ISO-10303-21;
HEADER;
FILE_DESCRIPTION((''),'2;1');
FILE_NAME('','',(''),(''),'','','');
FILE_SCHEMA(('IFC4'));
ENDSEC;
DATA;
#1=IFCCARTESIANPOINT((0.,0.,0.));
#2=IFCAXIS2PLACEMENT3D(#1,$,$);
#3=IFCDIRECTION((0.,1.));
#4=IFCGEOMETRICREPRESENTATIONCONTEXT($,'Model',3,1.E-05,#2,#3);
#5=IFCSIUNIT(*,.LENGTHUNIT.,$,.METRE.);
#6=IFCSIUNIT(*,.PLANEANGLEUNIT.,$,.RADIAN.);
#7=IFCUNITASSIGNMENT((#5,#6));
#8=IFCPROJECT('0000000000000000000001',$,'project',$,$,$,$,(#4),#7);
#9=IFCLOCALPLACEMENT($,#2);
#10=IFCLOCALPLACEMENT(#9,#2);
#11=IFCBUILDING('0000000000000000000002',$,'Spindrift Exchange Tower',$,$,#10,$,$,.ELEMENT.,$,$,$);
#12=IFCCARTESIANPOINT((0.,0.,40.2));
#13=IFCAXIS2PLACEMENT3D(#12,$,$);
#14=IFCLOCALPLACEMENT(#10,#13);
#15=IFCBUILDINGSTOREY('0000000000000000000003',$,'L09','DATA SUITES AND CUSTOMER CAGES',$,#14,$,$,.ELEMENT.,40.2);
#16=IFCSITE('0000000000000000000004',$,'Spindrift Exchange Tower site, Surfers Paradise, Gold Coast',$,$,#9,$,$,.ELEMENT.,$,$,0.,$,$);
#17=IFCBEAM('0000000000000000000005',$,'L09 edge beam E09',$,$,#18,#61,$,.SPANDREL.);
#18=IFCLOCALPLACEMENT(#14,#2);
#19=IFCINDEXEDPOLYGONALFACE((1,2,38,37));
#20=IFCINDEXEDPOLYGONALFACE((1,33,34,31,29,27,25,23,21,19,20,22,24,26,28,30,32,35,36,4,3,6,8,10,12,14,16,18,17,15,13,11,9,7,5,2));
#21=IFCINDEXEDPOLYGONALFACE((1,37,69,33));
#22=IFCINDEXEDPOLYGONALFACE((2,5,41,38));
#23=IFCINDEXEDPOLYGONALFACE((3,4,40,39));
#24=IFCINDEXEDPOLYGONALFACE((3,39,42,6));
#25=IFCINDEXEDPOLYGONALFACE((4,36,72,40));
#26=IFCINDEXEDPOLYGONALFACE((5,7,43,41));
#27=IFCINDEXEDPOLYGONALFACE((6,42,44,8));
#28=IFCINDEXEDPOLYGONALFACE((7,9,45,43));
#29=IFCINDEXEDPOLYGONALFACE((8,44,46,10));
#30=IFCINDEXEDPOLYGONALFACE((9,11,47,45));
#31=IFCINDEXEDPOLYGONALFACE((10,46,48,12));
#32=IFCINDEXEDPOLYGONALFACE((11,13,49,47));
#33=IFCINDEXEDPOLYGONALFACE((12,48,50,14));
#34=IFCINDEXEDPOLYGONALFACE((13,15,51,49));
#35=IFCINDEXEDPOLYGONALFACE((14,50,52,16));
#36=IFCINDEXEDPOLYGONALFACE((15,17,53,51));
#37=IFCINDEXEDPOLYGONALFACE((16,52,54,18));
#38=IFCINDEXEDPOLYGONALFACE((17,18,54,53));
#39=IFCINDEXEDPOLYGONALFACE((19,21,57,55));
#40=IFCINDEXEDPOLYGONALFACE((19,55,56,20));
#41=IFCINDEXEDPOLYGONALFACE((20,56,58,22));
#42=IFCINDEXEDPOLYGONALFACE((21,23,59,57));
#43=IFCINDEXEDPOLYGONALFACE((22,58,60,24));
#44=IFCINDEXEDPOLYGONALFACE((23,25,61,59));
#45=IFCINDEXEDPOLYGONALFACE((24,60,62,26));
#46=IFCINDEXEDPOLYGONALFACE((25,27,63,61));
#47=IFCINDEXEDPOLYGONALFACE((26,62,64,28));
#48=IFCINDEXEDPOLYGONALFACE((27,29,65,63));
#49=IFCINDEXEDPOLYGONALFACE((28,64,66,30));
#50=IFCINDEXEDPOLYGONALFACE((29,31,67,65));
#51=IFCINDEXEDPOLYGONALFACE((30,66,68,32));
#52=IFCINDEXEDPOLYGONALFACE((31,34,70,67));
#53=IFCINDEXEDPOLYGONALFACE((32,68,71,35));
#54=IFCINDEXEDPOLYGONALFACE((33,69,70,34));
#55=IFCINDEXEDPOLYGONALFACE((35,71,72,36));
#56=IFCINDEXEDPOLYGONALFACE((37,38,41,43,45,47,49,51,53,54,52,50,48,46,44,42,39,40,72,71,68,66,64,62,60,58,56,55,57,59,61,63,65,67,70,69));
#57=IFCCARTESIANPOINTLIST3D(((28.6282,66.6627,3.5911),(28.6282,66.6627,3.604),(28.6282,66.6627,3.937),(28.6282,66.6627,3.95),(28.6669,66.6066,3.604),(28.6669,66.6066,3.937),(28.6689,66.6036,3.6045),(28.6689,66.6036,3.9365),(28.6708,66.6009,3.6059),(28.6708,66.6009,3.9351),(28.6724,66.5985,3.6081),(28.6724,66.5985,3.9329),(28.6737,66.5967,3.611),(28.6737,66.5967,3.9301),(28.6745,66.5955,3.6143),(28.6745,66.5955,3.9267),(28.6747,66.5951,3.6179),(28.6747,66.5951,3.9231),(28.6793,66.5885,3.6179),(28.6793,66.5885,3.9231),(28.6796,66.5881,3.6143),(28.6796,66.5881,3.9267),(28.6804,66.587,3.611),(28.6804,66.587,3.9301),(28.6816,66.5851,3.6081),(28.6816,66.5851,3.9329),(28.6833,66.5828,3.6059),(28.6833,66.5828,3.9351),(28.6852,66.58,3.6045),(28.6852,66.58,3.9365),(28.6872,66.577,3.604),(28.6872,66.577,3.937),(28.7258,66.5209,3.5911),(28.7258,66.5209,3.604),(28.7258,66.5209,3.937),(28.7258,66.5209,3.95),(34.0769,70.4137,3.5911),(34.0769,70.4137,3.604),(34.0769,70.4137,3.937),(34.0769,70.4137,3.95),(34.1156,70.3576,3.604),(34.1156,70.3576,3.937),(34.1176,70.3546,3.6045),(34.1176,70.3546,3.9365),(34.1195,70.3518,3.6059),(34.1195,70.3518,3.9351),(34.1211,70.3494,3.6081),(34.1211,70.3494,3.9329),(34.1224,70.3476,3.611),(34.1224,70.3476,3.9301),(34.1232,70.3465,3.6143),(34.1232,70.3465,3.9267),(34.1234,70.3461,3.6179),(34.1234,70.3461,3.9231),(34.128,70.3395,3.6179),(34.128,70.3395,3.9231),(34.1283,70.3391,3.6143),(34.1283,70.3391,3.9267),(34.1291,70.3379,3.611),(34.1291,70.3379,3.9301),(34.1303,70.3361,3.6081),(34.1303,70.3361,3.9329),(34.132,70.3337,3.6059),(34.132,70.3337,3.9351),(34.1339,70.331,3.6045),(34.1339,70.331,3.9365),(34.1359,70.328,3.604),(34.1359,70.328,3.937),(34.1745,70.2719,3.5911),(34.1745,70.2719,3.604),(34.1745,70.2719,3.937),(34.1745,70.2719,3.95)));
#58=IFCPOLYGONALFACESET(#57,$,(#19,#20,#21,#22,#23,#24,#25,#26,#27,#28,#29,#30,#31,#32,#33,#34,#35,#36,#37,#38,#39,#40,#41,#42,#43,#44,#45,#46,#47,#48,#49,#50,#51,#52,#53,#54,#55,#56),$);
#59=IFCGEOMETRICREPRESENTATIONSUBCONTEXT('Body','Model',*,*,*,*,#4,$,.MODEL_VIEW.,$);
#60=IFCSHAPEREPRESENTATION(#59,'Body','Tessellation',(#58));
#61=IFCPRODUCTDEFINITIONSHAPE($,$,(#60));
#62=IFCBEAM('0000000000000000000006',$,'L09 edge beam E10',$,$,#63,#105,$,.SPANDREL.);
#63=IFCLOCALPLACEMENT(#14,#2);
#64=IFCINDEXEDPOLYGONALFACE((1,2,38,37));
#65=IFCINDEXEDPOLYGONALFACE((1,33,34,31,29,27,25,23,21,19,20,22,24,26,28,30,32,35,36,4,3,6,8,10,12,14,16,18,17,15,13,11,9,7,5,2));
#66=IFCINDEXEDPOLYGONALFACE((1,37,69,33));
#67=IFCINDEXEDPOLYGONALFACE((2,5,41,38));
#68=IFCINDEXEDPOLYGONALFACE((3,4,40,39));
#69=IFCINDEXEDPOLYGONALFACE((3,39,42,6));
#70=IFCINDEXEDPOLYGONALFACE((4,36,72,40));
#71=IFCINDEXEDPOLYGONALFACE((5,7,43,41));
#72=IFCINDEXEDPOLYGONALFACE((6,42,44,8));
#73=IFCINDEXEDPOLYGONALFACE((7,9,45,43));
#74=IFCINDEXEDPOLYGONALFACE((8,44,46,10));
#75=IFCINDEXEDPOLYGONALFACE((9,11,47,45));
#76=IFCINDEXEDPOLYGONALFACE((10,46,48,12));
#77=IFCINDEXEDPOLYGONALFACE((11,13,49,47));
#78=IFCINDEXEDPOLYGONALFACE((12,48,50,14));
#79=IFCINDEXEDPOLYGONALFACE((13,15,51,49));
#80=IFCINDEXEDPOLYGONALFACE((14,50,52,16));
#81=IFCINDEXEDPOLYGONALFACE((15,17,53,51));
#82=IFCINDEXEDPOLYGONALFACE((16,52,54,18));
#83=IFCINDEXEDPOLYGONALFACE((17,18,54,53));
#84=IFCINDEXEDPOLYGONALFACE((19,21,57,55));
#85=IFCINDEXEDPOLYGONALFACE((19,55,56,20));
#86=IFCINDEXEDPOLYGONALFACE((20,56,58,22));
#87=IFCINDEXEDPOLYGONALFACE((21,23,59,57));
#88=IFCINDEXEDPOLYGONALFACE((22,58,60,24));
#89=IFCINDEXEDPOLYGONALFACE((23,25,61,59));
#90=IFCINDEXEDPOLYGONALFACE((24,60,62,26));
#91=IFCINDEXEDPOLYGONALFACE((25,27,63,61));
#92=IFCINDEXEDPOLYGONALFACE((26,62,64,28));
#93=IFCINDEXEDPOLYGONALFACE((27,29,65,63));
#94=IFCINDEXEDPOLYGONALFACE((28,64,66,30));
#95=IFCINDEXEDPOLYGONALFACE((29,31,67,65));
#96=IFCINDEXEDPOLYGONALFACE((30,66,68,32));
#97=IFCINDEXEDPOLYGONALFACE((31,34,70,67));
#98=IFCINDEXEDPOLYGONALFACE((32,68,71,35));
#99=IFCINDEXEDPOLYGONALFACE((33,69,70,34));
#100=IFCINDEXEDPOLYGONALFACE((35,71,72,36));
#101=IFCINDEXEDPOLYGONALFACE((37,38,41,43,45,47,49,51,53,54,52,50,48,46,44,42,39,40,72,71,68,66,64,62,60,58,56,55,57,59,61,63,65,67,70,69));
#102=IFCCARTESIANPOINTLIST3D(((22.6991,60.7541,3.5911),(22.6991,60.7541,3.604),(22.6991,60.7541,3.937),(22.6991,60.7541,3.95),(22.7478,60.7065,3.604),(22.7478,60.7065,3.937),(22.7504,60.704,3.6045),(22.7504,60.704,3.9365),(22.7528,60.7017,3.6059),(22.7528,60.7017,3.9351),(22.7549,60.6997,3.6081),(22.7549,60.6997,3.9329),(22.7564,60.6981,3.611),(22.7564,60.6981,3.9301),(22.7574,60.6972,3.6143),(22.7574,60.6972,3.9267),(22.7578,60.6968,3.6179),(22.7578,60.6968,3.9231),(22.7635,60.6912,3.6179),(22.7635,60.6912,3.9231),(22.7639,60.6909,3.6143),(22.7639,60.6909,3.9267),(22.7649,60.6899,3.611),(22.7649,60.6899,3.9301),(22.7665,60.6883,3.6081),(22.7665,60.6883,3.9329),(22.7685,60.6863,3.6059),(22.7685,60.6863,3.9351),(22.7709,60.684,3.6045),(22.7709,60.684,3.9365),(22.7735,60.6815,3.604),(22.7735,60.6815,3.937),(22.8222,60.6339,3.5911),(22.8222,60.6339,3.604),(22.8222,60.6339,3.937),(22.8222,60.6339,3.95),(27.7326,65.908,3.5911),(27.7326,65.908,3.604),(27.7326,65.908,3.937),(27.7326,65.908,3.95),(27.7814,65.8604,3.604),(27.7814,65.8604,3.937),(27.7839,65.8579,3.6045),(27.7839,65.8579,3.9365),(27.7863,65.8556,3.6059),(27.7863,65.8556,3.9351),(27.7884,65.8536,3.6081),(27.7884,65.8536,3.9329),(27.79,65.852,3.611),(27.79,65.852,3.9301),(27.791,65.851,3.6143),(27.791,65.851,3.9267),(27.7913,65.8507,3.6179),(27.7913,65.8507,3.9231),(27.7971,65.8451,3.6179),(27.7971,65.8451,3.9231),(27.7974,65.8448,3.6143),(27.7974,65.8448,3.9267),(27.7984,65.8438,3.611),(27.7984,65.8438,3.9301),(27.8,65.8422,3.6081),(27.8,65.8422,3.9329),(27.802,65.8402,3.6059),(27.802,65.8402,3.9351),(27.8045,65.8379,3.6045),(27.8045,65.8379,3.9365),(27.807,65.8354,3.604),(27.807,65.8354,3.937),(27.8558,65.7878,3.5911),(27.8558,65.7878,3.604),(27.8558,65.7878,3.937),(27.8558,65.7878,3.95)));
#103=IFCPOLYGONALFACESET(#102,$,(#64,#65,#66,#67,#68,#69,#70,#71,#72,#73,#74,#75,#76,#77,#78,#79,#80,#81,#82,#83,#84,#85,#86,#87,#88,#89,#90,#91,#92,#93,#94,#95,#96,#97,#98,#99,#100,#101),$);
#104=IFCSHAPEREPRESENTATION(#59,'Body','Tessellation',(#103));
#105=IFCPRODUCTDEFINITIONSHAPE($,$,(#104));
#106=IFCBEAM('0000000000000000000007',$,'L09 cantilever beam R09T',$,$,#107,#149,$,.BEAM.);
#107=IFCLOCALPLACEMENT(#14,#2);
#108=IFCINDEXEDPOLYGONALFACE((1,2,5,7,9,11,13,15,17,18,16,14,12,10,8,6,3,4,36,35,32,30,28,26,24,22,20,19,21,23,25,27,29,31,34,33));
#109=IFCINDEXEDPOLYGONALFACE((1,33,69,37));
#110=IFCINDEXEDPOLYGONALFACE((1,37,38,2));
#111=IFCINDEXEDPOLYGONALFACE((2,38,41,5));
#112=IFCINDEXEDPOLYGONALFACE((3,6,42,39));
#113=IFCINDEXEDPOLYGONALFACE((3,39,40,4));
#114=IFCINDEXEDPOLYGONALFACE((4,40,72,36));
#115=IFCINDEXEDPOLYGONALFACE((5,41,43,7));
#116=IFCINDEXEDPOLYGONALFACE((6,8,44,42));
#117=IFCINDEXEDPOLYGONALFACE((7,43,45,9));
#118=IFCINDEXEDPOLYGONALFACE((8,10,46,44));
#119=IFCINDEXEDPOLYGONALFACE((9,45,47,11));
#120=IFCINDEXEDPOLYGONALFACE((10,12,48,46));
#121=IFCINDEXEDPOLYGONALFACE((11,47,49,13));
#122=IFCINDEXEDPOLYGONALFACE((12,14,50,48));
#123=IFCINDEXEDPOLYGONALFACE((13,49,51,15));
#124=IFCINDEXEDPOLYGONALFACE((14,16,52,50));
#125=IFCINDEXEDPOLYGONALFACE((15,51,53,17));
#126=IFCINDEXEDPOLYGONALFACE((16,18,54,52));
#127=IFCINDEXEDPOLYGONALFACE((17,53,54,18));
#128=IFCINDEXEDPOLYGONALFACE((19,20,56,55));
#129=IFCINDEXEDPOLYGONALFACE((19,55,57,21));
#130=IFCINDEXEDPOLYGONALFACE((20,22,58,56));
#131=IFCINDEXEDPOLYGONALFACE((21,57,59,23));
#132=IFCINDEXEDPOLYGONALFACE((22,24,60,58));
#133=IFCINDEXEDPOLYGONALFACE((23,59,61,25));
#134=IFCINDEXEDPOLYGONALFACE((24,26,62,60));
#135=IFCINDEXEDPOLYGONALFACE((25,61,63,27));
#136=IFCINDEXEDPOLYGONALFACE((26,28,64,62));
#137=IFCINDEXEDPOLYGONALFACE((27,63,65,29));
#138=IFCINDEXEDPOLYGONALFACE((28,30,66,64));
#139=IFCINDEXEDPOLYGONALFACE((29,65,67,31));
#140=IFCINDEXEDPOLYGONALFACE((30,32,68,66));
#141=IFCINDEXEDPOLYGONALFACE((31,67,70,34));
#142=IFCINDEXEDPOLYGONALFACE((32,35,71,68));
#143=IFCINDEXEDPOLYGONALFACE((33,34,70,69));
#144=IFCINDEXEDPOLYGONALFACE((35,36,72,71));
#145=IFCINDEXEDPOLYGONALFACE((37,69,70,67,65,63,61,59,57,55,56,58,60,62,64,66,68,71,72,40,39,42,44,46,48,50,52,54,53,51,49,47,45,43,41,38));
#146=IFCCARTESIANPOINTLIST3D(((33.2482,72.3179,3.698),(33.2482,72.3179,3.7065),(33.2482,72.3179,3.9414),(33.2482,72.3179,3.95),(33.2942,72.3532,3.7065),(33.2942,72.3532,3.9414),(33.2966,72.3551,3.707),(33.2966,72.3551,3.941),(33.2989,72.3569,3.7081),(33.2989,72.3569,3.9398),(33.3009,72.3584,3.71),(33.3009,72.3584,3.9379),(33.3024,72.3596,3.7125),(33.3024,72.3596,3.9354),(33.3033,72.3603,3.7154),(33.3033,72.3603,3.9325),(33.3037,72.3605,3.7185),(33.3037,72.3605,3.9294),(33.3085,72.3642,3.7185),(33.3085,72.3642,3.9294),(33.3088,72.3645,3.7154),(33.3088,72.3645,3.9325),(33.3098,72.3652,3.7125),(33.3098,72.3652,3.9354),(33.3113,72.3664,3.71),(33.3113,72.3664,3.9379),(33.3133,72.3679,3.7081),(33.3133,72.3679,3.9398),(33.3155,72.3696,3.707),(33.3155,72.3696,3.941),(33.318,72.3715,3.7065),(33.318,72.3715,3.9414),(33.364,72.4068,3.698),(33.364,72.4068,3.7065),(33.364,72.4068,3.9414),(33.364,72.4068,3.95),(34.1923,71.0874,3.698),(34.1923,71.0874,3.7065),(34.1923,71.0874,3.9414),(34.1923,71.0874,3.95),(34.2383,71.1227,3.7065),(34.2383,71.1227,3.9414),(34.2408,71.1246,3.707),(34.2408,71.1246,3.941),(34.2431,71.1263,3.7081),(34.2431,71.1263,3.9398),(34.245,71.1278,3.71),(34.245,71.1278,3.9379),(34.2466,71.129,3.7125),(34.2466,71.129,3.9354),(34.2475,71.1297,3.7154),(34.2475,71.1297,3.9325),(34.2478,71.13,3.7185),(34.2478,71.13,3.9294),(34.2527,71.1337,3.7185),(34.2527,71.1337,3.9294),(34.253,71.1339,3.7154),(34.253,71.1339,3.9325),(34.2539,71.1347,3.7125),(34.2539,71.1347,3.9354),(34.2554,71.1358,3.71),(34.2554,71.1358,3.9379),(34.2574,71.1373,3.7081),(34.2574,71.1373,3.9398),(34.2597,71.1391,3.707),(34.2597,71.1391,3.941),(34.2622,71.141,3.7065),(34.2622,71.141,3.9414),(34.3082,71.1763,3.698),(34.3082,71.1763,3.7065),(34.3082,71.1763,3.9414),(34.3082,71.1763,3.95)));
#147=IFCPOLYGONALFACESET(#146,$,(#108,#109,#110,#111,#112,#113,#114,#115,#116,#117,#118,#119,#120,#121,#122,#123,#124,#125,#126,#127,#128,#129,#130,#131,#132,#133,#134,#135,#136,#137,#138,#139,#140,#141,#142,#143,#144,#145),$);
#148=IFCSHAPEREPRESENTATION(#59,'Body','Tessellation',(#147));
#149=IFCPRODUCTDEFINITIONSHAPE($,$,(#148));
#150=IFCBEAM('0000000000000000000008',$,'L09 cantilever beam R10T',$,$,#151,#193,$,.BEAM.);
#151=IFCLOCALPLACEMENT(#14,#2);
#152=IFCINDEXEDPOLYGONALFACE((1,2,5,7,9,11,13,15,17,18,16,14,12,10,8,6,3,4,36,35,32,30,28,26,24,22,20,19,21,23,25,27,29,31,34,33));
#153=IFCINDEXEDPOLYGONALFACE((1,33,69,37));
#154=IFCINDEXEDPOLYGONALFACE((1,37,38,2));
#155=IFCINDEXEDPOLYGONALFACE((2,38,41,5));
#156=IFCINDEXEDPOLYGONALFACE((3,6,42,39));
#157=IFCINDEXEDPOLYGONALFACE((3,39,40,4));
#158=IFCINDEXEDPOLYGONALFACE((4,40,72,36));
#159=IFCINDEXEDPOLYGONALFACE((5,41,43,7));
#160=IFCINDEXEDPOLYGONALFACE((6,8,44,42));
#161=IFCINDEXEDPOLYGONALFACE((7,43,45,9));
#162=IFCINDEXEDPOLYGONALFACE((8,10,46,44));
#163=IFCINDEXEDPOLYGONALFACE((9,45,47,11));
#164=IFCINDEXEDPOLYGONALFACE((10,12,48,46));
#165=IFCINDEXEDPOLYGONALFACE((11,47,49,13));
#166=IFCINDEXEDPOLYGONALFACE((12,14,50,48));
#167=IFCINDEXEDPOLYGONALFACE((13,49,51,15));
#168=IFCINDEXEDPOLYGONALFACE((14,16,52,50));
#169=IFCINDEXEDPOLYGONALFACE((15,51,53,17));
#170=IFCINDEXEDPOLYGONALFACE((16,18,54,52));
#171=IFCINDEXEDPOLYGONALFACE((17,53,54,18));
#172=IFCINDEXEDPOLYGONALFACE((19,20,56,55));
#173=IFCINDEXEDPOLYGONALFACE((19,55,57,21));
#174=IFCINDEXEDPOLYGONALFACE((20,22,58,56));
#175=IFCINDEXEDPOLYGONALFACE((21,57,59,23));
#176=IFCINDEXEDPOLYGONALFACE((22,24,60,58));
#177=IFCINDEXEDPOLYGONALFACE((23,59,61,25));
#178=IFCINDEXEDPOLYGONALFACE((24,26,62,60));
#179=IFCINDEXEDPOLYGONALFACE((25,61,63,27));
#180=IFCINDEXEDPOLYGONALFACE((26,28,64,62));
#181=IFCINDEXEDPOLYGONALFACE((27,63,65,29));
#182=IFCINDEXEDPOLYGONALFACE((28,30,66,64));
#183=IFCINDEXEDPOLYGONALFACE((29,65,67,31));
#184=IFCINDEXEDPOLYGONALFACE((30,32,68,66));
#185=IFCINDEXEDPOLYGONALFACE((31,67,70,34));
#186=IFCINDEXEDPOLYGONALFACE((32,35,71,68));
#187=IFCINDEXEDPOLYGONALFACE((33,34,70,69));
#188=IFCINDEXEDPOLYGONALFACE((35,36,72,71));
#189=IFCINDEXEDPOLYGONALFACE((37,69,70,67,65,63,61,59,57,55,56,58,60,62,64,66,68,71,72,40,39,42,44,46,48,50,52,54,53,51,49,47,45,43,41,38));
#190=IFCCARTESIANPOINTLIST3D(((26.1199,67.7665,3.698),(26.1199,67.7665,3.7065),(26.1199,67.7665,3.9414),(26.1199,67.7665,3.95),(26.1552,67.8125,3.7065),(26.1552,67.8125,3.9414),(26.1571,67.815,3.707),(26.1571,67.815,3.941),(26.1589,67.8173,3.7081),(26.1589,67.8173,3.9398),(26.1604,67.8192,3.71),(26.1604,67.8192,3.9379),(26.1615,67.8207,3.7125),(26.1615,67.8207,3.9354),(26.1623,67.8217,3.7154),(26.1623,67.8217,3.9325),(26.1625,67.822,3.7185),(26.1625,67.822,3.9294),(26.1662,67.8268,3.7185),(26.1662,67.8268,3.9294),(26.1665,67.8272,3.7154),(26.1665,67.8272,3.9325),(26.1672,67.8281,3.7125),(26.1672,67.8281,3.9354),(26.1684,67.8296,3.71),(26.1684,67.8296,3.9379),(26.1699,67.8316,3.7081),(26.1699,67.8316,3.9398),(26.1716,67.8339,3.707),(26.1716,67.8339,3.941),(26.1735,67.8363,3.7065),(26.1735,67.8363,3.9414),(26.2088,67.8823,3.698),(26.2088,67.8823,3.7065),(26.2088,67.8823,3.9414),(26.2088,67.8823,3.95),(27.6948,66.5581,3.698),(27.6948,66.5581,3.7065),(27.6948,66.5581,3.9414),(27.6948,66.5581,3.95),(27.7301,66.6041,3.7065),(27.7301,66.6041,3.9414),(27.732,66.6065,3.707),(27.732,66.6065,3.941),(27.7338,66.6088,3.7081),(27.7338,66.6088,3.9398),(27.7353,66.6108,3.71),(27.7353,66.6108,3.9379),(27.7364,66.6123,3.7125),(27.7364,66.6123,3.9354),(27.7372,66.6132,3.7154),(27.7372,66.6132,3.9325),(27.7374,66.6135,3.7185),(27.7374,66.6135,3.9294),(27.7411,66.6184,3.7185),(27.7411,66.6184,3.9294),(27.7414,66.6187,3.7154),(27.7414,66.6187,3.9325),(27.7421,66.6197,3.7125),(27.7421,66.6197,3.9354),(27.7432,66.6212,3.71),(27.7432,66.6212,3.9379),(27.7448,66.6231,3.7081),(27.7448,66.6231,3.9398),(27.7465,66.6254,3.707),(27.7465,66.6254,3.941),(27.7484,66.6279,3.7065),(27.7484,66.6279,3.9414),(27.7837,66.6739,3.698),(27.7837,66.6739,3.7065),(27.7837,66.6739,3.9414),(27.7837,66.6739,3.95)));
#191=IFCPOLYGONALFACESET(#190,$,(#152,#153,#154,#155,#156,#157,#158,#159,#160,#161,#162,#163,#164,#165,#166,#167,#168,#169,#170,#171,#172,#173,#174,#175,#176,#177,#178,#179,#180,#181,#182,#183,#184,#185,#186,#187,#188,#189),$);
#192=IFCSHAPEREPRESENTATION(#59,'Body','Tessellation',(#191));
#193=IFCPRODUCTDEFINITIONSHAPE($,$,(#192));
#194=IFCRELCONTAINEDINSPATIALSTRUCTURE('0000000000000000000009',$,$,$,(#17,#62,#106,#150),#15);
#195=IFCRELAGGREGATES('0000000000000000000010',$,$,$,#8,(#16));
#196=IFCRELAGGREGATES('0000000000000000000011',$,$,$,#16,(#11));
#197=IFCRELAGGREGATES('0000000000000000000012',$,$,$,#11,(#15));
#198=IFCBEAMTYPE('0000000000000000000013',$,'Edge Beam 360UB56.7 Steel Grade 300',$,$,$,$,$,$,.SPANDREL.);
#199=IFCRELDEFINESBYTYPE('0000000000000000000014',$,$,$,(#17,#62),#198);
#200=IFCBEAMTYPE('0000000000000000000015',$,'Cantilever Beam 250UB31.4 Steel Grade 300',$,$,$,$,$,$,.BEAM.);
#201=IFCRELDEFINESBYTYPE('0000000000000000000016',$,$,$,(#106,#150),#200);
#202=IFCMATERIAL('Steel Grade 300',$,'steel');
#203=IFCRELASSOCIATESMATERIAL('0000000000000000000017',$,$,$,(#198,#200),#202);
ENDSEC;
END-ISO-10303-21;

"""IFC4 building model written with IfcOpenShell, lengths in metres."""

from ifc_helpers import new_model, si_unit, direction, frame, origin, origin_2d, place, context, subcontext, project, spatial, i_section, extrude, source, transform, mapped, material, material_profile, profile_set, type_object, element, save


model = new_model("IFC4")

# Units and contexts
model_context = context("Model", 3, precision=1e-05, world=origin(), true_north=direction((0.0, 1.0)))
body_context = subcontext(model_context, "Body", "Model", "MODEL_VIEW")
ifc_project = project(units=[si_unit("LENGTHUNIT", "METRE"), si_unit("PLANEANGLEUNIT", "RADIAN")], contexts=[model_context])

# Site, building, storey
site_placement = place(None, origin())
site = spatial("IfcSite", under=ifc_project, at=site_placement, Name="Spindrift Exchange Tower site, Surfers Paradise, Gold Coast", CompositionType="ELEMENT", RefElevation=0.0)
building_placement = place(site_placement, origin())
building = spatial("IfcBuilding", under=site, at=building_placement, Name="Spindrift Exchange Tower", CompositionType="ELEMENT")
storey_placement = place(building_placement, frame((0.0, 0.0, 40.2)))
storey = spatial("IfcBuildingStorey", under=building, at=storey_placement, Name="L09", Description="DATA SUITES AND CUSTOMER CAGES", CompositionType="ELEMENT", Elevation=40.2)

# Beams
ifc_material_1 = material(Name="Steel Grade 300", Category="steel")
ifc_material_profile_1 = material_profile(ifc_material_1, i_section(OverallWidth=0.1721, OverallDepth=0.3589, WebThickness=0.0081, FlangeThickness=0.0129, FilletRadius=0.0139, at=origin_2d()), Name="360UB56.7")
ifc_profile_set_1 = profile_set([ifc_material_profile_1], Name="Steel Grade 300")
beam_type_1 = type_object("IfcBeamType", Name="Edge Beam 360UB56.7 Steel Grade 300", PredefinedType="SPANDREL", material=ifc_profile_set_1)
shared_shape_1 = source(origin(), body_context, "Body", "SweptSolid", [
    extrude(i_section(OverallWidth=0.1721, OverallDepth=0.3589, WebThickness=0.0081, FlangeThickness=0.0129, FilletRadius=0.0139, at=origin_2d()), origin(), (0.0, 0.0, 1.0), 6.615),
])
beam_1_placement = place(storey_placement, frame((34.1257, 70.3428, 3.7705), z_axis=(-0.823691, -0.567039, 0.0), x_axis=(0.567039, -0.823691, 0.0)))
element("IfcBeam", 1, at=beam_1_placement, inside=storey, type_object=beam_type_1, Name="L09 edge beam E09", PredefinedType="SPANDREL", context=body_context, shape_type="MappedRepresentation", body=[
    mapped(shared_shape_1, transform((0.0, 0.0, 0.0), scale=1.0)),
])
shared_shape_2 = source(origin(), body_context, "Body", "SweptSolid", [
    extrude(i_section(OverallWidth=0.1721, OverallDepth=0.3589, WebThickness=0.0081, FlangeThickness=0.0129, FilletRadius=0.0139, at=origin_2d()), origin(), (0.0, 0.0, 1.0), 7.2041),
])
beam_2_placement = place(storey_placement, frame((27.7942, 65.8479, 3.7705), z_axis=(-0.698704, -0.715411, 0.0), x_axis=(0.715411, -0.698704, 0.0)))
element("IfcBeam", 2, at=beam_2_placement, inside=storey, type_object=beam_type_1, Name="L09 edge beam E10", PredefinedType="SPANDREL", context=body_context, shape_type="MappedRepresentation", body=[
    mapped(shared_shape_2, transform((0.0, 0.0, 0.0), scale=1.0)),
])
ifc_material_profile_2 = material_profile(ifc_material_1, i_section(OverallWidth=0.146, OverallDepth=0.252, WebThickness=0.0061, FlangeThickness=0.0085, FilletRadius=0.012, at=origin_2d()), Name="250UB31.4")
ifc_profile_set_2 = profile_set([ifc_material_profile_2], Name="Steel Grade 300")
beam_type_2 = type_object("IfcBeamType", Name="Cantilever Beam 250UB31.4 Steel Grade 300", PredefinedType="BEAM", material=ifc_profile_set_2)
shared_shape_3 = source(origin(), body_context, "Body", "SweptSolid", [
    extrude(i_section(OverallWidth=0.146, OverallDepth=0.252, WebThickness=0.0061, FlangeThickness=0.0085, FilletRadius=0.012, at=origin_2d()), origin(), (0.0, 0.0, 1.0), 1.551),
])
beam_3_placement = place(storey_placement, frame((34.2502, 71.1318, 3.824), z_axis=(-0.608729, 0.793378, 0.0), x_axis=(-0.793378, -0.608729, 0.0)))
element("IfcBeam", 3, at=beam_3_placement, inside=storey, type_object=beam_type_2, Name="L09 cantilever beam R09T", PredefinedType="BEAM", context=body_context, shape_type="MappedRepresentation", body=[
    mapped(shared_shape_3, transform((0.0, 0.0, 0.0), scale=1.0)),
])
shared_shape_4 = source(origin(), body_context, "Body", "SweptSolid", [
    extrude(i_section(OverallWidth=0.146, OverallDepth=0.252, WebThickness=0.0061, FlangeThickness=0.0085, FilletRadius=0.012, at=origin_2d()), origin(), (0.0, 0.0, 1.0), 1.9851),
])
beam_4_placement = place(storey_placement, frame((27.7393, 66.616, 3.824), z_axis=(-0.793355, 0.608759, 0.0), x_axis=(-0.608759, -0.793355, 0.0)))
element("IfcBeam", 4, at=beam_4_placement, inside=storey, type_object=beam_type_2, Name="L09 cantilever beam R10T", PredefinedType="BEAM", context=body_context, shape_type="MappedRepresentation", body=[
    mapped(shared_shape_4, transform((0.0, 0.0, 0.0), scale=1.0)),
])

save(model, "model.ifc")
